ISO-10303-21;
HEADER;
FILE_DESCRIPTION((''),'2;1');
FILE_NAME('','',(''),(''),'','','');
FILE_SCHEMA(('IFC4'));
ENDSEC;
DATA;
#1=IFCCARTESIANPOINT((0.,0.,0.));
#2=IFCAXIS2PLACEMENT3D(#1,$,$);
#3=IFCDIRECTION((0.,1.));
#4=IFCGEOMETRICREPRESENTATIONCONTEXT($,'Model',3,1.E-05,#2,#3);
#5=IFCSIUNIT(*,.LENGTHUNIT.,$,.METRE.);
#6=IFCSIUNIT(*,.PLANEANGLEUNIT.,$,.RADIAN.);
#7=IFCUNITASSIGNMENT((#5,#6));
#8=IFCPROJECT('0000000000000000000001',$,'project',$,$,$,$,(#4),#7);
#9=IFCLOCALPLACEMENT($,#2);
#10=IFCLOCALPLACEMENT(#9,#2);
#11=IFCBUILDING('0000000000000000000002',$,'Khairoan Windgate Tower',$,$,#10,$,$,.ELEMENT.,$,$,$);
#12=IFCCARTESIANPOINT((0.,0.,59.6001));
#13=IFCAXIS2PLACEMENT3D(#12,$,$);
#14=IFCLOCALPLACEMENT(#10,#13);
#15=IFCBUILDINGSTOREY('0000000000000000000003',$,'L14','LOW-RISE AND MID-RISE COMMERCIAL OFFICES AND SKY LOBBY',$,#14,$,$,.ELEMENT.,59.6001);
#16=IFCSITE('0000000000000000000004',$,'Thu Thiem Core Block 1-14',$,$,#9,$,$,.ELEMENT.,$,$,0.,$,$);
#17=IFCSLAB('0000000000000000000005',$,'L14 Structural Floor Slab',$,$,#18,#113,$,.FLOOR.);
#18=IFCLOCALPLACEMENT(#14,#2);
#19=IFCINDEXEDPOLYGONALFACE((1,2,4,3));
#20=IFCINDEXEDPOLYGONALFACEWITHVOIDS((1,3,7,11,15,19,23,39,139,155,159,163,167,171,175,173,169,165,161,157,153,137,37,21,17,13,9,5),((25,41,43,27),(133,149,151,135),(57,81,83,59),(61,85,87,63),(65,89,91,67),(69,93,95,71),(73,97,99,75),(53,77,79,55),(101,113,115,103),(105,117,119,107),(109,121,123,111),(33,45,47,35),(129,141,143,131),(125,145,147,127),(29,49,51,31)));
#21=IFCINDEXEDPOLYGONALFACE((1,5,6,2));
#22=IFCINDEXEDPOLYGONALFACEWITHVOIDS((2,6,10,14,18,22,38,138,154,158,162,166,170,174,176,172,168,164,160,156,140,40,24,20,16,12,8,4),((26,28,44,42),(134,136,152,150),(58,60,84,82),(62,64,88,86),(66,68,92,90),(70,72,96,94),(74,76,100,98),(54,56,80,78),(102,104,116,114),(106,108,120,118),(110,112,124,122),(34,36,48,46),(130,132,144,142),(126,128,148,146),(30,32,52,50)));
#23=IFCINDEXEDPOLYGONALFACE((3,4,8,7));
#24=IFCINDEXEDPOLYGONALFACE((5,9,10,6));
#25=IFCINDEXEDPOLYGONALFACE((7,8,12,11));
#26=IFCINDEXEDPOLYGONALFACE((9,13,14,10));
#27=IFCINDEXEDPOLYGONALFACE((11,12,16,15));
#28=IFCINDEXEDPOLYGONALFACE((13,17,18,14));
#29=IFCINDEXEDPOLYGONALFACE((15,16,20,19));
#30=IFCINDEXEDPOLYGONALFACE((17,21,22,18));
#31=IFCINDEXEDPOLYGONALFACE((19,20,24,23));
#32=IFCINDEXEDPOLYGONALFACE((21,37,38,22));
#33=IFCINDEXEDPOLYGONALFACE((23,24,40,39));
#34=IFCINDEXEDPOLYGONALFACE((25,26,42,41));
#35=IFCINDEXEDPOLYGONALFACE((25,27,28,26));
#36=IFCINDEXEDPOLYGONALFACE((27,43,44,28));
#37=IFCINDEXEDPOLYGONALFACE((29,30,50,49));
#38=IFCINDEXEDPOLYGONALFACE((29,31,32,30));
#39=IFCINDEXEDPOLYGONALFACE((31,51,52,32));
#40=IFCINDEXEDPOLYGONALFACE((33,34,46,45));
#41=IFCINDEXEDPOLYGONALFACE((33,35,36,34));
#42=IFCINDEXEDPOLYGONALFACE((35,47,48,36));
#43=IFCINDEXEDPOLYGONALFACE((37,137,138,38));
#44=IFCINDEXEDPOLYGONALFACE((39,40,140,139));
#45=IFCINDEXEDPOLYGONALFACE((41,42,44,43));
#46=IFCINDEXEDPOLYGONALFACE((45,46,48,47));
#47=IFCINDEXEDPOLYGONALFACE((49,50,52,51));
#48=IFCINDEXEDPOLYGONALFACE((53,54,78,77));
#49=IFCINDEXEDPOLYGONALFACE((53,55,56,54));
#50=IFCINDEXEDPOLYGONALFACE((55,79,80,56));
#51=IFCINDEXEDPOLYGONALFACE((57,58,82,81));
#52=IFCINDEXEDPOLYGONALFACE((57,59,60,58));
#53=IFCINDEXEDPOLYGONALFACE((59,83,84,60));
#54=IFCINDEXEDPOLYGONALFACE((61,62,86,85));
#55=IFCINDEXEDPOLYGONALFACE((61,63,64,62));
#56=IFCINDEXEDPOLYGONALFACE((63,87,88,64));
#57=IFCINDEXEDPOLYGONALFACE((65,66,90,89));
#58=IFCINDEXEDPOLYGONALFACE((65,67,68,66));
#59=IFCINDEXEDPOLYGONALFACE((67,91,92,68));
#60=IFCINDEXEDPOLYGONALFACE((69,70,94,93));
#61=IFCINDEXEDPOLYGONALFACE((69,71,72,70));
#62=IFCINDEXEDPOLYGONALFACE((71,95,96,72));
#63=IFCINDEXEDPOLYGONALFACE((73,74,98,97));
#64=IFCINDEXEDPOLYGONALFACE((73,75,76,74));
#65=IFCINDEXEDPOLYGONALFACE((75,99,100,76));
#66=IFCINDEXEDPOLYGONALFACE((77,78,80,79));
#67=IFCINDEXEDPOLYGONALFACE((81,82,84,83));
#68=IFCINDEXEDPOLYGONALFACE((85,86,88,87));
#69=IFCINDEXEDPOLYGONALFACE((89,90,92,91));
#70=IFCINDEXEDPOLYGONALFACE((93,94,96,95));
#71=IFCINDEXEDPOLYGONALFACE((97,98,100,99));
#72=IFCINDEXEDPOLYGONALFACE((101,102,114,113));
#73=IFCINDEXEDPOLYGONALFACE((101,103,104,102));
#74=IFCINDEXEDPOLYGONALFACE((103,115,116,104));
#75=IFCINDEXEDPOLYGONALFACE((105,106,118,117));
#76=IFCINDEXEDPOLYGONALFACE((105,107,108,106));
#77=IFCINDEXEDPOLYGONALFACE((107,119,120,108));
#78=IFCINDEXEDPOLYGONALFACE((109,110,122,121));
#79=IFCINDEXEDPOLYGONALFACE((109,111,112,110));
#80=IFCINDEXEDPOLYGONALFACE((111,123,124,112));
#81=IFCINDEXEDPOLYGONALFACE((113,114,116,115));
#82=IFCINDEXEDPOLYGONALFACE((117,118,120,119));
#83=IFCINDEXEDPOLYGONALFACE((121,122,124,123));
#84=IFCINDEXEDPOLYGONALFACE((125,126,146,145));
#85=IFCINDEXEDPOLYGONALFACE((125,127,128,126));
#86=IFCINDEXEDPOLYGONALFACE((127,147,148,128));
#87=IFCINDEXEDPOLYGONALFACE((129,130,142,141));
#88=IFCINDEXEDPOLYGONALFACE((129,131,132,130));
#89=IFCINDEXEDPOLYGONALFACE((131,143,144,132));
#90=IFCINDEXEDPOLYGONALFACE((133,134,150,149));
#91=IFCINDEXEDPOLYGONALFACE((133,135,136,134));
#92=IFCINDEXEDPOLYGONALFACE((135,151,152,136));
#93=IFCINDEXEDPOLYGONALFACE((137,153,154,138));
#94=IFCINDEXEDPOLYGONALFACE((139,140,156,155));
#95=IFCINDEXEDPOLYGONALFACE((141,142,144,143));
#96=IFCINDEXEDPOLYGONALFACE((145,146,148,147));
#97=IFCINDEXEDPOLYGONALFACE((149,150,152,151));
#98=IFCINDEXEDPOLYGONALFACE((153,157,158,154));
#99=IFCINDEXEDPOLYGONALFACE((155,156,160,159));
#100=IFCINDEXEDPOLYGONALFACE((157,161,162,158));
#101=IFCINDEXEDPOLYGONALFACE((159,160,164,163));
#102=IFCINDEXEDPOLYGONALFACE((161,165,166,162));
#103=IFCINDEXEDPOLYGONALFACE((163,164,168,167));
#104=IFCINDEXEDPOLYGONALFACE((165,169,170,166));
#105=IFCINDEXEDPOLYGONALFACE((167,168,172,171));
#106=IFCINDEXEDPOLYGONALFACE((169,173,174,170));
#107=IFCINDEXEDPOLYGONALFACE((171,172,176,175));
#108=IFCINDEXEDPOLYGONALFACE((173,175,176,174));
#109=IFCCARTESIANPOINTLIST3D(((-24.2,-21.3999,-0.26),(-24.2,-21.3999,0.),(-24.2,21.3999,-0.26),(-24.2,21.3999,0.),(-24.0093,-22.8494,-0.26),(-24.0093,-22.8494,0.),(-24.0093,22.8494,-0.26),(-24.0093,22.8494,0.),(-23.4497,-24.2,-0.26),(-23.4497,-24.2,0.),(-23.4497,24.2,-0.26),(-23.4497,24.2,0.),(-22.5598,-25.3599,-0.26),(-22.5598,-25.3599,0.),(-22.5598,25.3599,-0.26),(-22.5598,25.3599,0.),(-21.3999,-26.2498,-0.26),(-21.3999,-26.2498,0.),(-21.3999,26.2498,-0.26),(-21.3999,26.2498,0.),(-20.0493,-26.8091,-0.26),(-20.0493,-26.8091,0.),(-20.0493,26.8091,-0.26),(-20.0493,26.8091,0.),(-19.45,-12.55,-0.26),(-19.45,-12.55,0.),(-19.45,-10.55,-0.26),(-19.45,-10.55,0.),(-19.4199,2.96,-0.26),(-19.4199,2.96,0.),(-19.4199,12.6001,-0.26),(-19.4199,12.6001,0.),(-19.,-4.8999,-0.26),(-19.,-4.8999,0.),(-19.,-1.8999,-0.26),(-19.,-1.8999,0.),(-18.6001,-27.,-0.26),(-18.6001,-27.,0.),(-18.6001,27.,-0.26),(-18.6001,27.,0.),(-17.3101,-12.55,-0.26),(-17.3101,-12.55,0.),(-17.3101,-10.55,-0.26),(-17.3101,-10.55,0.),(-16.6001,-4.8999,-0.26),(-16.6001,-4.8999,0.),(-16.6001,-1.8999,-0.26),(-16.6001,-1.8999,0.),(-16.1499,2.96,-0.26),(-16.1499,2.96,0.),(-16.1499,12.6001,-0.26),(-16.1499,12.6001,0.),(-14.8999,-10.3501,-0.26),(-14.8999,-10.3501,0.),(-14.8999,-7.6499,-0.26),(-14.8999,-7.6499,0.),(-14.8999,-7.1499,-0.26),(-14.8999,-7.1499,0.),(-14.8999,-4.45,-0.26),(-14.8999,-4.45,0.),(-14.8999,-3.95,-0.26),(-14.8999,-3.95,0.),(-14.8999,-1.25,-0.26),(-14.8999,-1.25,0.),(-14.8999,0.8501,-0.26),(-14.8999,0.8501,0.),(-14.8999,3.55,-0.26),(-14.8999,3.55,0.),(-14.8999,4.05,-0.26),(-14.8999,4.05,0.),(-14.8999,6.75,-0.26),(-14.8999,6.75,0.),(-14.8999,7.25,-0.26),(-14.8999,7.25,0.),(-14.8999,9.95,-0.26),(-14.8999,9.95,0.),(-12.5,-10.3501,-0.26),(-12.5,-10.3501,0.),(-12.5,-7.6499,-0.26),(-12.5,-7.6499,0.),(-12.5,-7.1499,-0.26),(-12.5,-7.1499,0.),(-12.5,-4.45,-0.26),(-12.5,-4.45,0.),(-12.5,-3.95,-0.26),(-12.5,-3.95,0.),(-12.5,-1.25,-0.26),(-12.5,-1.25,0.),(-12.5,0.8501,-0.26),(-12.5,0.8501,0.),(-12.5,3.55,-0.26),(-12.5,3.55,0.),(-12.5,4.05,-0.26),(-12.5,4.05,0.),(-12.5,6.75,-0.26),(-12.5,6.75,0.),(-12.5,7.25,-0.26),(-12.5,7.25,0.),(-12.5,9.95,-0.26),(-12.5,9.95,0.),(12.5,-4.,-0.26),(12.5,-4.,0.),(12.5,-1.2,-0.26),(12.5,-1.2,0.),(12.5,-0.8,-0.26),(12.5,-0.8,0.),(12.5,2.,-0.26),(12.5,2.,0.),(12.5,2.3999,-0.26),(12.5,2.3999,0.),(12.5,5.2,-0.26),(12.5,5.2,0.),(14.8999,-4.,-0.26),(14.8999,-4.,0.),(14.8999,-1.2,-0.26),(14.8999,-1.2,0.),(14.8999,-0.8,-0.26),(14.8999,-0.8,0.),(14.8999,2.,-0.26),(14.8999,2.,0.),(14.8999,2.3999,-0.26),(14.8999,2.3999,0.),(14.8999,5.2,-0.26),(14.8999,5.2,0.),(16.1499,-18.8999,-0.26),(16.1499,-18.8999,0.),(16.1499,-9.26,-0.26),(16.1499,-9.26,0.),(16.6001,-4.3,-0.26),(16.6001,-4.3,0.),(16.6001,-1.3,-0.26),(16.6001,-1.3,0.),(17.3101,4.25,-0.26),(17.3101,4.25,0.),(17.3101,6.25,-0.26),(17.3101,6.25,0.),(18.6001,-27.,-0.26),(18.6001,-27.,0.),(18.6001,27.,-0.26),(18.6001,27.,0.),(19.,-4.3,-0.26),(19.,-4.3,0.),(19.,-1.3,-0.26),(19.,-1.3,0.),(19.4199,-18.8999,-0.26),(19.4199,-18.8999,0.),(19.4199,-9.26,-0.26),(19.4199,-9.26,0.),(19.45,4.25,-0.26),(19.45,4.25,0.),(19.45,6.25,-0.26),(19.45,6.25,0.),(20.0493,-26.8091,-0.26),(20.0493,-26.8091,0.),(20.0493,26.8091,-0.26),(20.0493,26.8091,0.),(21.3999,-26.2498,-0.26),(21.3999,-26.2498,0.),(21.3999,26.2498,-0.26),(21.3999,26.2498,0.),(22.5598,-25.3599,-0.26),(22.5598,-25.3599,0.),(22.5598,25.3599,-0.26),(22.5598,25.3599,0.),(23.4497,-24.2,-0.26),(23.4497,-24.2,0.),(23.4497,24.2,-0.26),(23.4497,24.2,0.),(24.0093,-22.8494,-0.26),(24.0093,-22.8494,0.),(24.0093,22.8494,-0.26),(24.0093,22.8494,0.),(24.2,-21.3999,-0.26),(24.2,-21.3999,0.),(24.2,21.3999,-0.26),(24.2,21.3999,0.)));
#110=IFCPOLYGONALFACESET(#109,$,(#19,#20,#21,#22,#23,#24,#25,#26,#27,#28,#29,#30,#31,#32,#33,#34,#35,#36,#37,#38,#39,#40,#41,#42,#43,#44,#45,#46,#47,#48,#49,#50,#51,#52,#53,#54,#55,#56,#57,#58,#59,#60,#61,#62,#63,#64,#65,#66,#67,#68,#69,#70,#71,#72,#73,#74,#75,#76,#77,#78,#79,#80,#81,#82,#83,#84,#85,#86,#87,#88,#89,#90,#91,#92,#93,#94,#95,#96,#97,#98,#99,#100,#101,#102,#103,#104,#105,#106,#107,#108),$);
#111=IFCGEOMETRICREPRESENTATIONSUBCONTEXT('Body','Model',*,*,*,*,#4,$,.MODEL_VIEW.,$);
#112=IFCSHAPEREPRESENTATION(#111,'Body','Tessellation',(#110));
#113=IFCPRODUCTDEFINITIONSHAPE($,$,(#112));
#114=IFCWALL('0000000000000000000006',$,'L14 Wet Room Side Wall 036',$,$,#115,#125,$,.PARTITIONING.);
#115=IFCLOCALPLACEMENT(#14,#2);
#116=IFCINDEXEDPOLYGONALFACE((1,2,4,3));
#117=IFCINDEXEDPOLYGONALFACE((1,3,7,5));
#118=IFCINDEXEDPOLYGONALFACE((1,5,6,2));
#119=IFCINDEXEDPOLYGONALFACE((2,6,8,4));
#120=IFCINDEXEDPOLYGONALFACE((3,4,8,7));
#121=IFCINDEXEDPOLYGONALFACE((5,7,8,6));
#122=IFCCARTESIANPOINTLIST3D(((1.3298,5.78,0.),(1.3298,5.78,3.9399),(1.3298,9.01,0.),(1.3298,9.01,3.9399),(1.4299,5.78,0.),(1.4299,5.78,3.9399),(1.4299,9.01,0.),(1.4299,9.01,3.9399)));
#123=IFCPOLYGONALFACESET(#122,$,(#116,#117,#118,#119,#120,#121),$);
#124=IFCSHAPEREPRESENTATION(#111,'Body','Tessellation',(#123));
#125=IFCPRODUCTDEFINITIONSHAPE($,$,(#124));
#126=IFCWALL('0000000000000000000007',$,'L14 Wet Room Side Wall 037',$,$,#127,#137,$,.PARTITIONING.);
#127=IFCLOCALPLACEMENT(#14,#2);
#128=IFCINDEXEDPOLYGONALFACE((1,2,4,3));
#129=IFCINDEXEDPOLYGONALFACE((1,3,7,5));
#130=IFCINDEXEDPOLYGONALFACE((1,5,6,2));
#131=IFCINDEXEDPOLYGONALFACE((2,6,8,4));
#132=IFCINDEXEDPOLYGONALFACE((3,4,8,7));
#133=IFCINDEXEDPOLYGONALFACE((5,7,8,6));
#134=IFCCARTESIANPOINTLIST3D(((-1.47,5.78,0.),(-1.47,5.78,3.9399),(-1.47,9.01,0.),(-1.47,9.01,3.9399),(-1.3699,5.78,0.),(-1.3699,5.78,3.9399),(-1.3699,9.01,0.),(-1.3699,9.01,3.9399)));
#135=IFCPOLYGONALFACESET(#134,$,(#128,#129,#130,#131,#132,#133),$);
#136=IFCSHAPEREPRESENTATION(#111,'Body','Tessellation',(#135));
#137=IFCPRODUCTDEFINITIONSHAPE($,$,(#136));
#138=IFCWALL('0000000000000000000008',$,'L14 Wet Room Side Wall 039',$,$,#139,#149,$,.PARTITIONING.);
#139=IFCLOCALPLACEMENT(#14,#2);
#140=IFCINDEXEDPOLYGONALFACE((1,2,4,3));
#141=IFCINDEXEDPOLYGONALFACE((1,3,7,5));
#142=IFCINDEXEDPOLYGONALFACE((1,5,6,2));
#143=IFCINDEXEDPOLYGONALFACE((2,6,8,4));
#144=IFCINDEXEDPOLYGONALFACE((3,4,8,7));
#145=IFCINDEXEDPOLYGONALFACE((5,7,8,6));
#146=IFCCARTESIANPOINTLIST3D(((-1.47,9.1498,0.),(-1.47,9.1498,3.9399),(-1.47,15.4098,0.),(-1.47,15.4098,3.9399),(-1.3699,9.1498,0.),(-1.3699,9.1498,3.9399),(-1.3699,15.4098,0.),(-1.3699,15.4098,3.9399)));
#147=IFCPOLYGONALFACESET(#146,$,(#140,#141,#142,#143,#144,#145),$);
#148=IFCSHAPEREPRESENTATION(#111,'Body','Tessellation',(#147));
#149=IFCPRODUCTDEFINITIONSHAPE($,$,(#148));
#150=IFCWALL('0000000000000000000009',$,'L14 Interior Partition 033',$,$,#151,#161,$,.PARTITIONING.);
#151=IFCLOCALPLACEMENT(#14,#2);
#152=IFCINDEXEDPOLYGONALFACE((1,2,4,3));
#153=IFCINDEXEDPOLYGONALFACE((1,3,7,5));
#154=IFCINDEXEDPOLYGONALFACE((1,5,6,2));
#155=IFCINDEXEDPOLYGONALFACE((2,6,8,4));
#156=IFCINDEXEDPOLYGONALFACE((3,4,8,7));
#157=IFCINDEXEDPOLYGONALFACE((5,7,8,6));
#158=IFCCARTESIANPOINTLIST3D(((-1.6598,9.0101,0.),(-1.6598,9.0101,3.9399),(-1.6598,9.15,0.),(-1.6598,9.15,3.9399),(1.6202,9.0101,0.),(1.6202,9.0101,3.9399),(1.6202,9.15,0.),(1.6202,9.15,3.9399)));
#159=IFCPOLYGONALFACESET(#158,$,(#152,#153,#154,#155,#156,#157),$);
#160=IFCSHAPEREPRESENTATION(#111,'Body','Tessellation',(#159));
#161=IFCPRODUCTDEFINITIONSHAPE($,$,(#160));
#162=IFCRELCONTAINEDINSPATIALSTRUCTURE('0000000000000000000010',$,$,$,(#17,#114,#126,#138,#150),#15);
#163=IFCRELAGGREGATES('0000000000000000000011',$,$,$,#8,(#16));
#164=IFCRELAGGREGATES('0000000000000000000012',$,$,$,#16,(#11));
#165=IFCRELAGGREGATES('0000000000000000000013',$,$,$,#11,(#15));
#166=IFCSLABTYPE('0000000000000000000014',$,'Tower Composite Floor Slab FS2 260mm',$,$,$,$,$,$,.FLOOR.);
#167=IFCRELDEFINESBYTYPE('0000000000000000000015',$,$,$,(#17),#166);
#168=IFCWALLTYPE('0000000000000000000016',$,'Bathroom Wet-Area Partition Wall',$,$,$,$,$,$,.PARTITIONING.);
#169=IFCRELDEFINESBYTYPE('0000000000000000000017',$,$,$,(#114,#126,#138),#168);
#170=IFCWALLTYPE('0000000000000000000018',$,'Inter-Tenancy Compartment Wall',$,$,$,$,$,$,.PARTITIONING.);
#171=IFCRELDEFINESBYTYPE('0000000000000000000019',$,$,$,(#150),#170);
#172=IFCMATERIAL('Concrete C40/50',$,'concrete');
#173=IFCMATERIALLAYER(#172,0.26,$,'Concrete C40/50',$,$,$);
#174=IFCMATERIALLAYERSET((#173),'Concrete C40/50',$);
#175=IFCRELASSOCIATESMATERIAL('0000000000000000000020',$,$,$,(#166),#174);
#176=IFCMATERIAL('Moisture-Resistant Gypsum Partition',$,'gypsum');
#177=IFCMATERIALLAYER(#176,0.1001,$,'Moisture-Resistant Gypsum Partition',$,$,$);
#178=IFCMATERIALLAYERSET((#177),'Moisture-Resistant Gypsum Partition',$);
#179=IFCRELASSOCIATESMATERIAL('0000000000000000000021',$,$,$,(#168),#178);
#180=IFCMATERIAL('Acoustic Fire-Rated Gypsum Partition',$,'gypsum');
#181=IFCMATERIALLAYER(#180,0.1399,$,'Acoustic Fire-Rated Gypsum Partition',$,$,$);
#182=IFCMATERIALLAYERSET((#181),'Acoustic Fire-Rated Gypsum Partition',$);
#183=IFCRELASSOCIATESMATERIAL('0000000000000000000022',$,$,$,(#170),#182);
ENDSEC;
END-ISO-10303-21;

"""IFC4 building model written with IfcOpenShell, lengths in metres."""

from ifc_helpers import new_model, si_unit, direction, frame, frame_2d, origin, place, context, subcontext, project, spatial, polyline, rectangle, outline, extrude, material, layer, layer_set, type_object, element, save


model = new_model("IFC4")

# Units and contexts
model_context = context("Model", 3, precision=1e-05, world=origin(), true_north=direction((0.0, 1.0)))
body_context = subcontext(model_context, "Body", "Model", "MODEL_VIEW")
ifc_project = project(units=[si_unit("LENGTHUNIT", "METRE"), si_unit("PLANEANGLEUNIT", "RADIAN")], contexts=[model_context])

# Site, building, storey
site_placement = place(None, origin())
site = spatial("IfcSite", under=ifc_project, at=site_placement, Name="Thu Thiem Core Block 1-14", CompositionType="ELEMENT", RefElevation=0.0)
building_placement = place(site_placement, origin())
building = spatial("IfcBuilding", under=site, at=building_placement, Name="Khairoan Windgate Tower", CompositionType="ELEMENT")
storey_placement = place(building_placement, frame((0.0, 0.0, 59.6001)))
storey = spatial("IfcBuildingStorey", under=building, at=storey_placement, Name="L14", Description="LOW-RISE AND MID-RISE COMMERCIAL OFFICES AND SKY LOBBY", CompositionType="ELEMENT", Elevation=59.6001)

# Slab
ifc_material_1 = material(Name="Concrete C40/50", Category="concrete")
ifc_layer_1 = layer(ifc_material_1, 0.26, Name="Concrete C40/50")
ifc_layer_set_1 = layer_set([ifc_layer_1], Name="Concrete C40/50")
slab_type_1 = type_object("IfcSlabType", Name="Tower Composite Floor Slab FS2 260mm", PredefinedType="FLOOR", material=ifc_layer_set_1)
slab_1_placement = place(storey_placement, frame((0.0, 0.0, -0.26)))
element("IfcSlab", 1, at=slab_1_placement, inside=storey, type_object=slab_type_1, Name="L14 Structural Floor Slab", PredefinedType="FLOOR", context=body_context, shape_type="SweptSolid", body=[
    extrude(outline(polyline([(18.6001, -27.0), (20.0493, -26.8091), (21.3999, -26.2498), (22.5598, -25.3599), (23.4497, -24.2), (24.0093, -22.8494), (24.2, -21.3999), (24.2, 21.3999), (24.0093, 22.8494), (23.4497, 24.2), (22.5598, 25.3599), (21.3999, 26.2498), (20.0493, 26.8091), (18.6001, 27.0), (-18.6001, 27.0), (-20.0493, 26.8091), (-21.3999, 26.2498), (-22.5598, 25.3599), (-23.4497, 24.2), (-24.0093, 22.8494), (-24.2, 21.3999), (-24.2, -21.3999), (-24.0093, -22.8494), (-23.4497, -24.2), (-22.5598, -25.3599), (-21.3999, -26.2498), (-20.0493, -26.8091), (-18.6001, -27.0), (18.6001, -27.0)]), holes=[polyline([(16.1499, -9.26), (16.1499, -18.8999), (19.4199, -18.8999), (19.4199, -9.26), (16.1499, -9.26)]), polyline([(-16.1499, 2.96), (-16.1499, 12.6001), (-19.4199, 12.6001), (-19.4199, 2.96), (-16.1499, 2.96)]), polyline([(-14.8999, 7.25), (-12.5, 7.25), (-12.5, 9.95), (-14.8999, 9.95), (-14.8999, 7.25)]), polyline([(-14.8999, 4.05), (-12.5, 4.05), (-12.5, 6.75), (-14.8999, 6.75), (-14.8999, 4.05)]), polyline([(-14.8999, 0.8501), (-12.5, 0.8501), (-12.5, 3.55), (-14.8999, 3.55), (-14.8999, 0.8501)]), polyline([(-14.8999, -3.95), (-12.5, -3.95), (-12.5, -1.25), (-14.8999, -1.25), (-14.8999, -3.95)]), polyline([(-14.8999, -7.1499), (-12.5, -7.1499), (-12.5, -4.45), (-14.8999, -4.45), (-14.8999, -7.1499)]), polyline([(-14.8999, -10.3501), (-12.5, -10.3501), (-12.5, -7.6499), (-14.8999, -7.6499), (-14.8999, -10.3501)]), polyline([(12.5, 2.3999), (14.8999, 2.3999), (14.8999, 5.2), (12.5, 5.2), (12.5, 2.3999)]), polyline([(12.5, -0.8), (14.8999, -0.8), (14.8999, 2.0), (12.5, 2.0), (12.5, -0.8)]), polyline([(12.5, -4.0), (14.8999, -4.0), (14.8999, -1.2), (12.5, -1.2), (12.5, -4.0)]), polyline([(16.6001, -4.3), (19.0, -4.3), (19.0, -1.3), (16.6001, -1.3), (16.6001, -4.3)]), polyline([(-19.0, -4.8999), (-16.6001, -4.8999), (-16.6001, -1.8999), (-19.0, -1.8999), (-19.0, -4.8999)]), polyline([(-19.45, -12.55), (-17.3101, -12.55), (-17.3101, -10.55), (-19.45, -10.55), (-19.45, -12.55)]), polyline([(17.3101, 4.25), (19.45, 4.25), (19.45, 6.25), (17.3101, 6.25), (17.3101, 4.25)])]), origin(), (0.0, 0.0, 1.0), 0.26),
])

# Walls
ifc_material_2 = material(Name="Moisture-Resistant Gypsum Partition", Category="gypsum")
ifc_layer_2 = layer(ifc_material_2, 0.1001, Name="Moisture-Resistant Gypsum Partition")
ifc_layer_set_2 = layer_set([ifc_layer_2], Name="Moisture-Resistant Gypsum Partition")
wall_type_1 = type_object("IfcWallType", Name="Bathroom Wet-Area Partition Wall", PredefinedType="PARTITIONING", material=ifc_layer_set_2)
for number, where, z_axis, x_axis, name in (
    (2, (1.3799, 9.01, 0.0), (0.0, 0.0, 1.0), (0.0, -1.0, 0.0), "L14 Wet Room Side Wall 036"),
    (3, (-1.4199, 5.78, 0.0), (0.0, 0.0, 1.0), (0.0, 1.0, 0.0), "L14 Wet Room Side Wall 037"),
):
    element("IfcWall", number, at=place(storey_placement, frame(where, z_axis=z_axis, x_axis=x_axis)), inside=storey, type_object=wall_type_1, Name=name, PredefinedType="PARTITIONING", context=body_context, shape_type="SweptSolid", body=[
        extrude(rectangle(XDim=3.23, YDim=0.1001, at=frame_2d((1.615, 0.0))), origin(), (0.0, 0.0, 1.0), 3.9399),
    ])
wall_1_placement = place(storey_placement, frame((-1.4199, 9.1499, 0.0), z_axis=(0.0, 0.0, 1.0), x_axis=(0.0, 1.0, 0.0)))
element("IfcWall", 4, at=wall_1_placement, inside=storey, type_object=wall_type_1, Name="L14 Wet Room Side Wall 039", PredefinedType="PARTITIONING", context=body_context, shape_type="SweptSolid", body=[
    extrude(rectangle(XDim=6.26, YDim=0.1001, at=frame_2d((3.1299, 0.0))), origin(), (0.0, 0.0, 1.0), 3.9399),
])
ifc_material_3 = material(Name="Acoustic Fire-Rated Gypsum Partition", Category="gypsum")
ifc_layer_3 = layer(ifc_material_3, 0.1399, Name="Acoustic Fire-Rated Gypsum Partition")
ifc_layer_set_3 = layer_set([ifc_layer_3], Name="Acoustic Fire-Rated Gypsum Partition")
wall_type_2 = type_object("IfcWallType", Name="Inter-Tenancy Compartment Wall", PredefinedType="PARTITIONING", material=ifc_layer_set_3)
wall_2_placement = place(storey_placement, frame((-1.6599, 9.0801, 0.0), z_axis=(0.0, 0.0, 1.0), x_axis=(1.0, 0.0, 0.0)))
element("IfcWall", 5, at=wall_2_placement, inside=storey, type_object=wall_type_2, Name="L14 Interior Partition 033", PredefinedType="PARTITIONING", context=body_context, shape_type="SweptSolid", body=[
    extrude(rectangle(XDim=3.28, YDim=0.1399, at=frame_2d((1.6401, 0.0))), origin(), (0.0, 0.0, 1.0), 3.9399),
])

save(model, "model.ifc")
